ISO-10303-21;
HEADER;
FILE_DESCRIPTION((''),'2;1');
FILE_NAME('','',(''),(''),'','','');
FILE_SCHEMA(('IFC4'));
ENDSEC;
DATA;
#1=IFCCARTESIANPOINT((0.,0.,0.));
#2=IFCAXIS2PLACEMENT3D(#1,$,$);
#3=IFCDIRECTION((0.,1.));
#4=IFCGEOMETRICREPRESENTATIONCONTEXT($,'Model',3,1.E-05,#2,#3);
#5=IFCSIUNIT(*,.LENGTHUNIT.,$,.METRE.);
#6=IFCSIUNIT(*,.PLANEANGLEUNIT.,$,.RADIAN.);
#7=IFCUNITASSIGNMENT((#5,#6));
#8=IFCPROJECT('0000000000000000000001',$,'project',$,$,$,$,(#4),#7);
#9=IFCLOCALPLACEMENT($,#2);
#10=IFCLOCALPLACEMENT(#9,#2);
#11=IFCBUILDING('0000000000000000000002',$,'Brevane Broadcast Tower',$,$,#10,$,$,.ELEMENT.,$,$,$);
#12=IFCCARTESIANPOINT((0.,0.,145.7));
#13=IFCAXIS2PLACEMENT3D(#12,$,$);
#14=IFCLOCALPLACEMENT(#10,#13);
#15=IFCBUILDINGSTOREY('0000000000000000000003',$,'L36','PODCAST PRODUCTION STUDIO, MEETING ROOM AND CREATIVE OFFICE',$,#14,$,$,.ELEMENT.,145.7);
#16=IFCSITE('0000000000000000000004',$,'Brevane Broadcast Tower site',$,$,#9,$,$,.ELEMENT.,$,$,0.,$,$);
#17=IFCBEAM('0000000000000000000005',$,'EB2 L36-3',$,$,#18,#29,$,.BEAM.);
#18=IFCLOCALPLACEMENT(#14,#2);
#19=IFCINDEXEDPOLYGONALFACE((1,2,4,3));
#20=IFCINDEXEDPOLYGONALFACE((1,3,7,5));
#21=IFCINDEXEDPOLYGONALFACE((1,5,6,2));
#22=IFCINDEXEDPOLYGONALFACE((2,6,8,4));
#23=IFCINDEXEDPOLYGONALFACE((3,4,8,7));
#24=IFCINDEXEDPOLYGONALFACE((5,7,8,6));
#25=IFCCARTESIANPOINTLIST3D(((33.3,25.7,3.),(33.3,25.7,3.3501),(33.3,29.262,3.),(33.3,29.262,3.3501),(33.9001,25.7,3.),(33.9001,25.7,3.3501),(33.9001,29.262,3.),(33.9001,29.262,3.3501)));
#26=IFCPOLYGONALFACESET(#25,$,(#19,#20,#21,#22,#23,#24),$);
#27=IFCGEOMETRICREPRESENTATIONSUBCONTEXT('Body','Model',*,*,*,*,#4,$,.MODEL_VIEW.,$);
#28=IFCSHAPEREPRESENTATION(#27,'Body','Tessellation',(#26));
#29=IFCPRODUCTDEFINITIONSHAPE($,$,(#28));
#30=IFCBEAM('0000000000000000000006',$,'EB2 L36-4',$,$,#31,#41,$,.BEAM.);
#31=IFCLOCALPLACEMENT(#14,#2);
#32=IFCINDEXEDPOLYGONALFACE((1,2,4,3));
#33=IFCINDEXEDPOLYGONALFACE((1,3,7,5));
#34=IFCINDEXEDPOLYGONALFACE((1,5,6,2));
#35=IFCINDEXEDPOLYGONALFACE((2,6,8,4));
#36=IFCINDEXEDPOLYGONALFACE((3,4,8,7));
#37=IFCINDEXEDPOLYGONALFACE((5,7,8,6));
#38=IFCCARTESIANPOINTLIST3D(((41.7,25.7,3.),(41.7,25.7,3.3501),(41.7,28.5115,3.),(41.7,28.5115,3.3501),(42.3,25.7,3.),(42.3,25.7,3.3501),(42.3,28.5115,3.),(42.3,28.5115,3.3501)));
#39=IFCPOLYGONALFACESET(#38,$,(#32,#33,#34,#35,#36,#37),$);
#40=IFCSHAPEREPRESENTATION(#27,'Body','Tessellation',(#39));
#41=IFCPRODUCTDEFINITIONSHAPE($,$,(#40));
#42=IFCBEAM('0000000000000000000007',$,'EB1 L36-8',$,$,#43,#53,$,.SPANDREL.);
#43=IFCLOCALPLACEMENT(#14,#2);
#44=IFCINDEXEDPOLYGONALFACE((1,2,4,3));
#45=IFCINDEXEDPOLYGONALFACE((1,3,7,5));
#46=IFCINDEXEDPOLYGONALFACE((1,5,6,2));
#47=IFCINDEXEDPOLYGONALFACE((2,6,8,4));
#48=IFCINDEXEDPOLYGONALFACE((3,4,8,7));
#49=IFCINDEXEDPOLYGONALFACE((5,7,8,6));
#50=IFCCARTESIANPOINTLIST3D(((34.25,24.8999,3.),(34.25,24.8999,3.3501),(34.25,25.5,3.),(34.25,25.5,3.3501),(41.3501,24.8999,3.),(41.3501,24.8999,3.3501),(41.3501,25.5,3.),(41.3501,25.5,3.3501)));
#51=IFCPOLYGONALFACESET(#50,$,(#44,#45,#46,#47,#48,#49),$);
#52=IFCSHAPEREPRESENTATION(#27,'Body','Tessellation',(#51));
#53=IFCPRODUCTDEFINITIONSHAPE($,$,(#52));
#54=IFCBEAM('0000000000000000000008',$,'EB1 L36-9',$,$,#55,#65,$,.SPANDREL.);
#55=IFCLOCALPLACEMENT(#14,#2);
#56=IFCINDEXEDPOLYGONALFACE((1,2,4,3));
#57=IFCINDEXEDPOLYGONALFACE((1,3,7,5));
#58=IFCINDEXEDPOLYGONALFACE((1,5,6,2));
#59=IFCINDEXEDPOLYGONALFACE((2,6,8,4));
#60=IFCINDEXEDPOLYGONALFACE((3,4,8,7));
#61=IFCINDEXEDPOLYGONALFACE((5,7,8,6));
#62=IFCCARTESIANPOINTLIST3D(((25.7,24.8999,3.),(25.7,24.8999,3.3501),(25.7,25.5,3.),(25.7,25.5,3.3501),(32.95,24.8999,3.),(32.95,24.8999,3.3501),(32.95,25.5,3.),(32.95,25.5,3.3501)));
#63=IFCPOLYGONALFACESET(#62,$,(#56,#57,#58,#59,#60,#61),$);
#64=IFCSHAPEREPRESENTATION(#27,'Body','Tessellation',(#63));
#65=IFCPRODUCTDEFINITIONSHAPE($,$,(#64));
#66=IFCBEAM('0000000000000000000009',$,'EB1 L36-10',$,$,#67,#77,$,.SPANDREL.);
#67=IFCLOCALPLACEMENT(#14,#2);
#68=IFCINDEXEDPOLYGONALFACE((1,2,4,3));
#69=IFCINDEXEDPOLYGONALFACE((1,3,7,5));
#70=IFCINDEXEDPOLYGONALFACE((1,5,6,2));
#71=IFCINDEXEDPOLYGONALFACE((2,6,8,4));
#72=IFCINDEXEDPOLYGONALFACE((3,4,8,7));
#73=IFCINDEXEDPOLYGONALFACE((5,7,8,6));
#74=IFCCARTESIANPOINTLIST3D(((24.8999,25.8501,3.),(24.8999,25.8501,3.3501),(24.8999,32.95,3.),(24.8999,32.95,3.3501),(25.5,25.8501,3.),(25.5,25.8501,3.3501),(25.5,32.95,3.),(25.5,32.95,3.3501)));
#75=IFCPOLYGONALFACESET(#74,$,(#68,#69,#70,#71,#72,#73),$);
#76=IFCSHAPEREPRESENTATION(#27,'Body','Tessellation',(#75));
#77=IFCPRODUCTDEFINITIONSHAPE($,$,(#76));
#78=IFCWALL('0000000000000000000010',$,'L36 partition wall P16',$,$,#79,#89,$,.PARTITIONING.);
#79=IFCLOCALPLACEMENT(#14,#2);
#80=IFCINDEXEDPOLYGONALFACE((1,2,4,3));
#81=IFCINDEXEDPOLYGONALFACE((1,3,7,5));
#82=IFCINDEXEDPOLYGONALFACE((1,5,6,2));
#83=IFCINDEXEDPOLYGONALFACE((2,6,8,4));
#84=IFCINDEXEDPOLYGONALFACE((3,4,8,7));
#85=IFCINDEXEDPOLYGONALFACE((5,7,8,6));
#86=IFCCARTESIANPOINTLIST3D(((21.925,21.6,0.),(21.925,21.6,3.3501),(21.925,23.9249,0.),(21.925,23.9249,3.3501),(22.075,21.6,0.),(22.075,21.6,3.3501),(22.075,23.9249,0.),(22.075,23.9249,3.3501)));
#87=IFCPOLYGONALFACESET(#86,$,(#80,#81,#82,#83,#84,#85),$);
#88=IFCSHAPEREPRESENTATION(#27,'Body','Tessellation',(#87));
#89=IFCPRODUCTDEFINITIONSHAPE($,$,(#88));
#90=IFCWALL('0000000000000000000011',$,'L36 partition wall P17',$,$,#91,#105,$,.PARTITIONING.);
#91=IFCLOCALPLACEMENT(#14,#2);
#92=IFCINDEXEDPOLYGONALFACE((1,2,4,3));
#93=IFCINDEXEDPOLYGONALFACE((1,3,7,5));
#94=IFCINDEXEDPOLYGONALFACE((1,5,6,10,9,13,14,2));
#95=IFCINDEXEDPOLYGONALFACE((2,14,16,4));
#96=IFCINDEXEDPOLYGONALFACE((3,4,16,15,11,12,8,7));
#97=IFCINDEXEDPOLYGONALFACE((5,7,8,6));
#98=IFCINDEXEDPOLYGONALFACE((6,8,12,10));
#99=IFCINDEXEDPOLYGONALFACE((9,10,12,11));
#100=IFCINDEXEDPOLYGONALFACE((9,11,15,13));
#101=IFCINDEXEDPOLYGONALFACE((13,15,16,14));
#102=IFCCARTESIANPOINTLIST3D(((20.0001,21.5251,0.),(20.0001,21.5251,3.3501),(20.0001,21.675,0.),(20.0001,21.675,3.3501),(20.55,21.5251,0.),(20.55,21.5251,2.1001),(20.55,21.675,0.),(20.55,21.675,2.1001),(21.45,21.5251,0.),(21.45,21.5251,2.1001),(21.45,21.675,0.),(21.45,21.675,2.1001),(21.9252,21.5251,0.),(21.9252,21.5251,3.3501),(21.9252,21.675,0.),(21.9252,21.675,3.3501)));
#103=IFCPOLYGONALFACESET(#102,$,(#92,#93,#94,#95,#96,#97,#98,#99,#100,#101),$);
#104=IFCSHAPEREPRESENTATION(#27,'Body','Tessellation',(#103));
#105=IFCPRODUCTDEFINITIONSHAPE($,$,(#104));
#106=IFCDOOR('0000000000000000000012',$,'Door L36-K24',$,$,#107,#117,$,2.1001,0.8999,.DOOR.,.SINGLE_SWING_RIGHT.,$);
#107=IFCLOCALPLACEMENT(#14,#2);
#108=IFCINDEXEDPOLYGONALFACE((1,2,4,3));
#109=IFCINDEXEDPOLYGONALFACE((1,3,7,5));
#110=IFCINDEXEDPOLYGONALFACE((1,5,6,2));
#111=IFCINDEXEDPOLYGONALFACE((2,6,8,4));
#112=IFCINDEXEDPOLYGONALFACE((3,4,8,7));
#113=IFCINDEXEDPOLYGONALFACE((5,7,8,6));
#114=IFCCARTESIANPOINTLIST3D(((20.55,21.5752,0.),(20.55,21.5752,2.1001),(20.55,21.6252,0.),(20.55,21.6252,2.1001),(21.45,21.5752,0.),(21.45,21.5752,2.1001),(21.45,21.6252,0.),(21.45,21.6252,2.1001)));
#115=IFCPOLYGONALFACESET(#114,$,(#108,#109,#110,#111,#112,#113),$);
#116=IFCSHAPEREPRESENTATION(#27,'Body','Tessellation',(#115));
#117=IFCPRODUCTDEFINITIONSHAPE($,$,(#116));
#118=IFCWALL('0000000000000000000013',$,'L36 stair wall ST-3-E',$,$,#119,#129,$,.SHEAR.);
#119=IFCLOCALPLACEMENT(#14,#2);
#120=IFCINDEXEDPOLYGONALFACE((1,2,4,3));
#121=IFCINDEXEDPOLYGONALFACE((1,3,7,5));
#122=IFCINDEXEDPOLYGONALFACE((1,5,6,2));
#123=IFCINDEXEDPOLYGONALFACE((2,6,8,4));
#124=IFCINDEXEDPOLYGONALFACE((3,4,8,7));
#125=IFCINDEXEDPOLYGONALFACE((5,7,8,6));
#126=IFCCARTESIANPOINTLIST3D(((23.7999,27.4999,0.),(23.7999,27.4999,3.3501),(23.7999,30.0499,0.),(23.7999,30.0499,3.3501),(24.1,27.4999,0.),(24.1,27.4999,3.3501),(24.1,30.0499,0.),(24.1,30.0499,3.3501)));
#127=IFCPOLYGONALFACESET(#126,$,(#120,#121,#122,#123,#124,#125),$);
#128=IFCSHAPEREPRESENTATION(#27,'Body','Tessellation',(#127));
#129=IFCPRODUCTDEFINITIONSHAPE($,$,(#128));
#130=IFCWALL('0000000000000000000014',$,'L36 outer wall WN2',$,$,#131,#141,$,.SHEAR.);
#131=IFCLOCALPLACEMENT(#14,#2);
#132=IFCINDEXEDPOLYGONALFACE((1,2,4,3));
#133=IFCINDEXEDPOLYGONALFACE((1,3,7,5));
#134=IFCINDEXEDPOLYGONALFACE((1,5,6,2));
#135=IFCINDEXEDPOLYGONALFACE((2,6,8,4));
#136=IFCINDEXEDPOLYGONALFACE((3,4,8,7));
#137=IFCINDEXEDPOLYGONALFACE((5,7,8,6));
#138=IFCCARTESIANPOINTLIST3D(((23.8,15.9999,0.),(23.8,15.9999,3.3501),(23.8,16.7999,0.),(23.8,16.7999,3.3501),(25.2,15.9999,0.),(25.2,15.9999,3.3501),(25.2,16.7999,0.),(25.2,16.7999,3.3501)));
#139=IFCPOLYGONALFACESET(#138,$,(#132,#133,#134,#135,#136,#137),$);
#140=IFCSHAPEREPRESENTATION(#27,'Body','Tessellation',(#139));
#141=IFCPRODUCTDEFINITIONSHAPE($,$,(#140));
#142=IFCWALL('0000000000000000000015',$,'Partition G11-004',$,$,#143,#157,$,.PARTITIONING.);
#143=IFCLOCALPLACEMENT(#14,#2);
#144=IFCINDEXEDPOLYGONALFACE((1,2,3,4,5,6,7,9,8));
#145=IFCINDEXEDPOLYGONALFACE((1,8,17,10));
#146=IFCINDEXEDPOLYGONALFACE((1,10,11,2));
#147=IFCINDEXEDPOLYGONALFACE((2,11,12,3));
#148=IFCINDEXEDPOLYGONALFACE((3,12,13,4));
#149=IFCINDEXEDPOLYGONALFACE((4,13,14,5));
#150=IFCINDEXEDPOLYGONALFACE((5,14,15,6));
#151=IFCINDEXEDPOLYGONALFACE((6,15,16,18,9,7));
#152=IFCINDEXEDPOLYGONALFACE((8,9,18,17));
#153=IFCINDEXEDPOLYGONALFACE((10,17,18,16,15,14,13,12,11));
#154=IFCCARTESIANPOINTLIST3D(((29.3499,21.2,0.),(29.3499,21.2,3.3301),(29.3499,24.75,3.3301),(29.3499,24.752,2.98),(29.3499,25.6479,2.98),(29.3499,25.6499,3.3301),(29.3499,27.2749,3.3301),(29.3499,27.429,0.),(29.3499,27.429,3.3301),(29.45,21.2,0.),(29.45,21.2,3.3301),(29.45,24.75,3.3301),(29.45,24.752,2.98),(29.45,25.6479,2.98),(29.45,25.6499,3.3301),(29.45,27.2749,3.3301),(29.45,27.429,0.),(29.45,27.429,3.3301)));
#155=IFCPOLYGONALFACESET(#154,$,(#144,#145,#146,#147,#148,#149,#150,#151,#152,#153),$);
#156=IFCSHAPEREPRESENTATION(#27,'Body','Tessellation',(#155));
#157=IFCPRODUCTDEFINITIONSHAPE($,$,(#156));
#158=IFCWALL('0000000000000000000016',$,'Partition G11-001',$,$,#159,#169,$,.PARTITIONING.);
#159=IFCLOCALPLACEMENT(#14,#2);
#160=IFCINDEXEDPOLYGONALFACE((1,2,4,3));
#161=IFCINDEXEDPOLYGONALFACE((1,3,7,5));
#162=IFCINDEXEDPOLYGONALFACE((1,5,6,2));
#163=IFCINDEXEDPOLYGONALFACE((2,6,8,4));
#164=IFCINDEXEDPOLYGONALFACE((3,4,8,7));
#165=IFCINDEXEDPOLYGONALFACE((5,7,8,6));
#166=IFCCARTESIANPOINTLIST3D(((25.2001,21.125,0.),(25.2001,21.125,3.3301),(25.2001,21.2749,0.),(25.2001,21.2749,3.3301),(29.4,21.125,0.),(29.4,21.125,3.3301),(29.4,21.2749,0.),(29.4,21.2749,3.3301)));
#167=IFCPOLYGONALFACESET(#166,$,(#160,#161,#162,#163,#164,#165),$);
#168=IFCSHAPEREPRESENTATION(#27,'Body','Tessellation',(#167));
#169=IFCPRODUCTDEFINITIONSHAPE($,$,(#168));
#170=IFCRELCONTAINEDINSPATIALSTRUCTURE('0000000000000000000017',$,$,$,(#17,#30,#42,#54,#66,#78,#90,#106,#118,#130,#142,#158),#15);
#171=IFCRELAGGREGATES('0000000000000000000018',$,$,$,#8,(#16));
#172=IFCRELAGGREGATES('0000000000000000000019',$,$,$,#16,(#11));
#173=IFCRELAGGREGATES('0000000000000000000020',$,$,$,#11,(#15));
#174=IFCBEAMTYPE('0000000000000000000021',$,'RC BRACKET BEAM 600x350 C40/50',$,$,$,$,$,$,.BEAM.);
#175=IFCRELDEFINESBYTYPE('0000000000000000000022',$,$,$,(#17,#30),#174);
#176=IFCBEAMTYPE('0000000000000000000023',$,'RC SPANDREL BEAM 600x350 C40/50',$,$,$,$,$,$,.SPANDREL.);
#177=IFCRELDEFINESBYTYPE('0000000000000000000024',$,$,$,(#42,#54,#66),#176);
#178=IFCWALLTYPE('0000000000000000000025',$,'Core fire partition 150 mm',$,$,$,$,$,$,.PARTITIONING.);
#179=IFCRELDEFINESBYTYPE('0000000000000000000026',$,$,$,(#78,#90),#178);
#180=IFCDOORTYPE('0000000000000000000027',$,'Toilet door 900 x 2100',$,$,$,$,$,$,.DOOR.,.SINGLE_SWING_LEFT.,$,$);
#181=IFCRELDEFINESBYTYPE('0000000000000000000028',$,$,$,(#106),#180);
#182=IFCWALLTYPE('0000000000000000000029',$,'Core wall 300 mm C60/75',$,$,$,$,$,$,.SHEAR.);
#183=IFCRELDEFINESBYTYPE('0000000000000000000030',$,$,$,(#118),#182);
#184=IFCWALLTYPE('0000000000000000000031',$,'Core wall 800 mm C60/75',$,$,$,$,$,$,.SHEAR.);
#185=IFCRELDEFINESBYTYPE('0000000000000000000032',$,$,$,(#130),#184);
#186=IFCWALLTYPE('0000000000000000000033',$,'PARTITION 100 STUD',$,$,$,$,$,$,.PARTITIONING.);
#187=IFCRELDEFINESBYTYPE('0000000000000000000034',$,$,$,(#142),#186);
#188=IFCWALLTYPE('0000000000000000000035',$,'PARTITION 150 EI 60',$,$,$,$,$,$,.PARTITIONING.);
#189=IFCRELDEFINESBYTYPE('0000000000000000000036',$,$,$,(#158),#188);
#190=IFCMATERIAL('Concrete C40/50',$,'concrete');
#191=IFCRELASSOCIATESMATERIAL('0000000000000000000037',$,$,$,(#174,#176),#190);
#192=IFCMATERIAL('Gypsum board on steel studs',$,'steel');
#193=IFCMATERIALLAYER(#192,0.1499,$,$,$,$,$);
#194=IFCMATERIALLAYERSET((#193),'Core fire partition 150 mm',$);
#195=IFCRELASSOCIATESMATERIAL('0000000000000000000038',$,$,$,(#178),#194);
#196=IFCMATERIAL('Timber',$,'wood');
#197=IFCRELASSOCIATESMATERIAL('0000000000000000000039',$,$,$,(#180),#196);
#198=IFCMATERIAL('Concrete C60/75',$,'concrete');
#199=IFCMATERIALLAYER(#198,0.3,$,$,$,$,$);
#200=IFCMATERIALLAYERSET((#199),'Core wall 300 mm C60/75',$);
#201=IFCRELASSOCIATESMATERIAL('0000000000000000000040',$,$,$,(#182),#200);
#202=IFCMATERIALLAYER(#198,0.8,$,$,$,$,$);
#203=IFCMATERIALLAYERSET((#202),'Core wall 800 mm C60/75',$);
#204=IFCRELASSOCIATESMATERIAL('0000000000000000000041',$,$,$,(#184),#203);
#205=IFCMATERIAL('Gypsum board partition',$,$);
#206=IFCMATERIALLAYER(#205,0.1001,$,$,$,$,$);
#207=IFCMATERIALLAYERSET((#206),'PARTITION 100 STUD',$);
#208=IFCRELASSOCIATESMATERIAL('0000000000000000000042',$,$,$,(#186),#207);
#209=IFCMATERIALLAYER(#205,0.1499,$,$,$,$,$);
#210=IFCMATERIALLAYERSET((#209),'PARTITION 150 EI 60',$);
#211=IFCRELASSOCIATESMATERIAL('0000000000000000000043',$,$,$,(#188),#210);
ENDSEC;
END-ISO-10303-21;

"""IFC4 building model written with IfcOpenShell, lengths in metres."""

from ifc_helpers import new_model, si_unit, direction, frame, frame_2d, origin, origin_2d, place, context, subcontext, project, spatial, polyline, rectangle, outline, extrude, material, layer, layer_set, material_profile, profile_set, type_object, element, fill, save


model = new_model("IFC4")

# Units and contexts
model_context = context("Model", 3, precision=1e-05, world=origin(), true_north=direction((0.0, 1.0)))
body_context = subcontext(model_context, "Body", "Model", "MODEL_VIEW")
ifc_project = project(units=[si_unit("LENGTHUNIT", "METRE"), si_unit("PLANEANGLEUNIT", "RADIAN")], contexts=[model_context])

# Site, building, storey
site_placement = place(None, origin())
site = spatial("IfcSite", under=ifc_project, at=site_placement, Name="Brevane Broadcast Tower site", CompositionType="ELEMENT", RefElevation=0.0)
building_placement = place(site_placement, origin())
building = spatial("IfcBuilding", under=site, at=building_placement, Name="Brevane Broadcast Tower", CompositionType="ELEMENT")
storey_placement = place(building_placement, frame((0.0, 0.0, 145.7)))
storey = spatial("IfcBuildingStorey", under=building, at=storey_placement, Name="L36", Description="PODCAST PRODUCTION STUDIO, MEETING ROOM AND CREATIVE OFFICE", CompositionType="ELEMENT", Elevation=145.7)

# Shared definitions
ifc_material_1 = material(Name="Concrete C60/75", Category="concrete")

# Beams
ifc_material_2 = material(Name="Concrete C40/50", Category="concrete")
ifc_material_profile_1 = material_profile(ifc_material_2, rectangle(XDim=0.6001, YDim=0.3501, at=origin_2d()), Name="RC 600x350")
ifc_profile_set_1 = profile_set([ifc_material_profile_1], Name="Concrete C40/50")
beam_type_1 = type_object("IfcBeamType", Name="RC BRACKET BEAM 600x350 C40/50", PredefinedType="BEAM", material=ifc_profile_set_1)
beam_1_placement = place(storey_placement, frame((33.6001, 25.7, 3.175), z_axis=(0.0, 1.0, 0.0), x_axis=(-1.0, 0.0, 0.0)))
element("IfcBeam", 1, at=beam_1_placement, inside=storey, type_object=beam_type_1, Name="EB2 L36-3", PredefinedType="BEAM", context=body_context, shape_type="SweptSolid", body=[
    extrude(rectangle(XDim=0.6001, YDim=0.3501, at=origin_2d()), origin(), (0.0, 0.0, 1.0), 3.562),
])
beam_2_placement = place(storey_placement, frame((42.0, 25.7, 3.175), z_axis=(0.0, 1.0, 0.0), x_axis=(-1.0, 0.0, 0.0)))
element("IfcBeam", 2, at=beam_2_placement, inside=storey, type_object=beam_type_1, Name="EB2 L36-4", PredefinedType="BEAM", context=body_context, shape_type="SweptSolid", body=[
    extrude(rectangle(XDim=0.6001, YDim=0.3501, at=origin_2d()), origin(), (0.0, 0.0, 1.0), 2.8115),
])
ifc_material_profile_2 = material_profile(ifc_material_2, rectangle(XDim=0.6001, YDim=0.3501, at=origin_2d()), Name="RC 600x350")
ifc_profile_set_2 = profile_set([ifc_material_profile_2], Name="Concrete C40/50")
beam_type_2 = type_object("IfcBeamType", Name="RC SPANDREL BEAM 600x350 C40/50", PredefinedType="SPANDREL", material=ifc_profile_set_2)
beam_3_placement = place(storey_placement, frame((41.3501, 25.2, 3.175), z_axis=(-1.0, 0.0, 0.0), x_axis=(0.0, -1.0, 0.0)))
element("IfcBeam", 3, at=beam_3_placement, inside=storey, type_object=beam_type_2, Name="EB1 L36-8", PredefinedType="SPANDREL", context=body_context, shape_type="SweptSolid", body=[
    extrude(rectangle(XDim=0.6001, YDim=0.3501, at=origin_2d()), origin(), (0.0, 0.0, 1.0), 7.1001),
])
beam_4_placement = place(storey_placement, frame((32.95, 25.2, 3.175), z_axis=(-1.0, 0.0, 0.0), x_axis=(0.0, -1.0, 0.0)))
element("IfcBeam", 4, at=beam_4_placement, inside=storey, type_object=beam_type_2, Name="EB1 L36-9", PredefinedType="SPANDREL", context=body_context, shape_type="SweptSolid", body=[
    extrude(rectangle(XDim=0.6001, YDim=0.3501, at=origin_2d()), origin(), (0.0, 0.0, 1.0), 7.25),
])
beam_5_placement = place(storey_placement, frame((25.2, 25.8501, 3.175), z_axis=(0.0, 1.0, 0.0), x_axis=(-1.0, 0.0, 0.0)))
element("IfcBeam", 5, at=beam_5_placement, inside=storey, type_object=beam_type_2, Name="EB1 L36-10", PredefinedType="SPANDREL", context=body_context, shape_type="SweptSolid", body=[
    extrude(rectangle(XDim=0.6001, YDim=0.3501, at=origin_2d()), origin(), (0.0, 0.0, 1.0), 7.0999),
])

# Wall
ifc_material_3 = material(Name="Gypsum board on steel studs", Category="steel")
ifc_layer_1 = layer(ifc_material_3, 0.1499)
ifc_layer_set_1 = layer_set([ifc_layer_1], Name="Core fire partition 150 mm")
wall_type_1 = type_object("IfcWallType", Name="Core fire partition 150 mm", PredefinedType="PARTITIONING", material=ifc_layer_set_1)
wall_1_placement = place(storey_placement, frame((22.0, 23.925, 0.0), z_axis=(0.0, 0.0, 1.0), x_axis=(0.0, -1.0, 0.0)))
element("IfcWall", 6, at=wall_1_placement, inside=storey, type_object=wall_type_1, Name="L36 partition wall P16", PredefinedType="PARTITIONING", context=body_context, shape_type="SweptSolid", body=[
    extrude(rectangle(XDim=2.325, YDim=0.1499, at=frame_2d((1.1626, 0.0))), origin(), (0.0, 0.0, 1.0), 3.3501),
])

# Wall, opening, door
wall_2_placement = place(storey_placement, frame((21.925, 21.6001, 0.0), z_axis=(0.0, 0.0, 1.0), x_axis=(-1.0, 0.0, 0.0)))
wall_2 = element("IfcWall", 7, at=wall_2_placement, inside=storey, type_object=wall_type_1, Name="L36 partition wall P17", PredefinedType="PARTITIONING", context=body_context, shape_type="SweptSolid", body=[
    extrude(rectangle(XDim=1.925, YDim=0.1499, at=frame_2d((0.9624, 0.0))), origin(), (0.0, 0.0, 1.0), 3.3501),
])
opening_placement = place(wall_2_placement, frame((0.4751, 0.0, 0.0)))
opening = element("IfcOpeningElement", 8, at=opening_placement, cuts=wall_2, PredefinedType="OPENING", context=body_context, shape_type="SweptSolid", body=[
    extrude(rectangle(XDim=0.8999, YDim=2.1001, at=frame_2d((0.45, 1.05))), frame((0.0, 0.085, 0.0), z_axis=(0.0, -1.0, 0.0), x_axis=(1.0, 0.0, 0.0)), (0.0, 0.0, 1.0), 0.1699),
])
ifc_material_4 = material(Name="Timber", Category="wood")
door_type = type_object("IfcDoorType", Name="Toilet door 900 x 2100", OperationType="SINGLE_SWING_LEFT", PredefinedType="DOOR", material=ifc_material_4)
door_placement = place(opening_placement, origin())
door = element("IfcDoor", 9, at=door_placement, inside=storey, type_object=door_type, Name="Door L36-K24", OperationType="SINGLE_SWING_RIGHT", OverallHeight=2.1001, OverallWidth=0.8999, PredefinedType="DOOR", context=body_context, shape_type="SweptSolid", body=[
    extrude(rectangle(XDim=0.8999, YDim=2.1001, at=frame_2d((0.45, 1.05))), frame((0.0, 0.0249, 0.0), z_axis=(0.0, -1.0, 0.0), x_axis=(1.0, 0.0, 0.0)), (0.0, 0.0, 1.0), 0.05),
])
fill(opening, door)

# Walls
ifc_layer_2 = layer(ifc_material_1, 0.3)
ifc_layer_set_2 = layer_set([ifc_layer_2], Name="Core wall 300 mm C60/75")
wall_type_2 = type_object("IfcWallType", Name="Core wall 300 mm C60/75", PredefinedType="SHEAR", material=ifc_layer_set_2)
wall_3_placement = place(storey_placement, frame((23.95, 27.5, 0.0), z_axis=(0.0, 0.0, 1.0), x_axis=(0.0, 1.0, 0.0)))
element("IfcWall", 10, at=wall_3_placement, inside=storey, type_object=wall_type_2, Name="L36 stair wall ST-3-E", PredefinedType="SHEAR", context=body_context, shape_type="SweptSolid", body=[
    extrude(rectangle(XDim=2.55, YDim=0.3, at=frame_2d((1.2749, 0.0))), origin(), (0.0, 0.0, 1.0), 3.3501),
])
ifc_layer_3 = layer(ifc_material_1, 0.8)
ifc_layer_set_3 = layer_set([ifc_layer_3], Name="Core wall 800 mm C60/75")
wall_type_3 = type_object("IfcWallType", Name="Core wall 800 mm C60/75", PredefinedType="SHEAR", material=ifc_layer_set_3)
wall_4_placement = place(storey_placement, frame((23.8, 16.3999, 0.0), z_axis=(0.0, 0.0, 1.0), x_axis=(1.0, 0.0, 0.0)))
element("IfcWall", 11, at=wall_4_placement, inside=storey, type_object=wall_type_3, Name="L36 outer wall WN2", PredefinedType="SHEAR", context=body_context, shape_type="SweptSolid", body=[
    extrude(rectangle(XDim=1.3999, YDim=0.8, at=frame_2d((0.7, 0.0))), origin(), (0.0, 0.0, 1.0), 3.3501),
])
ifc_material_5 = material(Name="Gypsum board partition")
ifc_layer_4 = layer(ifc_material_5, 0.1001)
ifc_layer_set_4 = layer_set([ifc_layer_4], Name="PARTITION 100 STUD")
wall_type_4 = type_object("IfcWallType", Name="PARTITION 100 STUD", PredefinedType="PARTITIONING", material=ifc_layer_set_4)
wall_5_placement = place(storey_placement, frame((29.3999, 27.429, 0.0), z_axis=(0.0, 0.0, 1.0), x_axis=(0.0, -1.0, 0.0)))
element("IfcWall", 12, at=wall_5_placement, inside=storey, type_object=wall_type_4, Name="Partition G11-004", PredefinedType="PARTITIONING", context=body_context, shape_type="SweptSolid", body=[
    extrude(outline(polyline([(0.0, 0.0), (6.229, 0.0), (6.229, 3.3301), (2.679, 3.3301), (2.677, 2.98), (1.781, 2.98), (1.7791, 3.3301), (0.1541, 3.3301), (0.0, 3.3301), (0.0, 0.0)])), frame((0.0, 0.05, 0.0), z_axis=(0.0, -1.0, 0.0), x_axis=(1.0, 0.0, 0.0)), (0.0, 0.0, 1.0), 0.1001),
])
ifc_layer_5 = layer(ifc_material_5, 0.1499)
ifc_layer_set_5 = layer_set([ifc_layer_5], Name="PARTITION 150 EI 60")
wall_type_5 = type_object("IfcWallType", Name="PARTITION 150 EI 60", PredefinedType="PARTITIONING", material=ifc_layer_set_5)
wall_6_placement = place(storey_placement, frame((25.2, 21.2, 0.0), z_axis=(0.0, 0.0, 1.0), x_axis=(1.0, 0.0, 0.0)))
element("IfcWall", 13, at=wall_6_placement, inside=storey, type_object=wall_type_5, Name="Partition G11-001", PredefinedType="PARTITIONING", context=body_context, shape_type="SweptSolid", body=[
    extrude(rectangle(XDim=4.2, YDim=0.1499, at=frame_2d((2.1001, 0.0))), origin(), (0.0, 0.0, 1.0), 3.3301),
])

save(model, "model.ifc")
